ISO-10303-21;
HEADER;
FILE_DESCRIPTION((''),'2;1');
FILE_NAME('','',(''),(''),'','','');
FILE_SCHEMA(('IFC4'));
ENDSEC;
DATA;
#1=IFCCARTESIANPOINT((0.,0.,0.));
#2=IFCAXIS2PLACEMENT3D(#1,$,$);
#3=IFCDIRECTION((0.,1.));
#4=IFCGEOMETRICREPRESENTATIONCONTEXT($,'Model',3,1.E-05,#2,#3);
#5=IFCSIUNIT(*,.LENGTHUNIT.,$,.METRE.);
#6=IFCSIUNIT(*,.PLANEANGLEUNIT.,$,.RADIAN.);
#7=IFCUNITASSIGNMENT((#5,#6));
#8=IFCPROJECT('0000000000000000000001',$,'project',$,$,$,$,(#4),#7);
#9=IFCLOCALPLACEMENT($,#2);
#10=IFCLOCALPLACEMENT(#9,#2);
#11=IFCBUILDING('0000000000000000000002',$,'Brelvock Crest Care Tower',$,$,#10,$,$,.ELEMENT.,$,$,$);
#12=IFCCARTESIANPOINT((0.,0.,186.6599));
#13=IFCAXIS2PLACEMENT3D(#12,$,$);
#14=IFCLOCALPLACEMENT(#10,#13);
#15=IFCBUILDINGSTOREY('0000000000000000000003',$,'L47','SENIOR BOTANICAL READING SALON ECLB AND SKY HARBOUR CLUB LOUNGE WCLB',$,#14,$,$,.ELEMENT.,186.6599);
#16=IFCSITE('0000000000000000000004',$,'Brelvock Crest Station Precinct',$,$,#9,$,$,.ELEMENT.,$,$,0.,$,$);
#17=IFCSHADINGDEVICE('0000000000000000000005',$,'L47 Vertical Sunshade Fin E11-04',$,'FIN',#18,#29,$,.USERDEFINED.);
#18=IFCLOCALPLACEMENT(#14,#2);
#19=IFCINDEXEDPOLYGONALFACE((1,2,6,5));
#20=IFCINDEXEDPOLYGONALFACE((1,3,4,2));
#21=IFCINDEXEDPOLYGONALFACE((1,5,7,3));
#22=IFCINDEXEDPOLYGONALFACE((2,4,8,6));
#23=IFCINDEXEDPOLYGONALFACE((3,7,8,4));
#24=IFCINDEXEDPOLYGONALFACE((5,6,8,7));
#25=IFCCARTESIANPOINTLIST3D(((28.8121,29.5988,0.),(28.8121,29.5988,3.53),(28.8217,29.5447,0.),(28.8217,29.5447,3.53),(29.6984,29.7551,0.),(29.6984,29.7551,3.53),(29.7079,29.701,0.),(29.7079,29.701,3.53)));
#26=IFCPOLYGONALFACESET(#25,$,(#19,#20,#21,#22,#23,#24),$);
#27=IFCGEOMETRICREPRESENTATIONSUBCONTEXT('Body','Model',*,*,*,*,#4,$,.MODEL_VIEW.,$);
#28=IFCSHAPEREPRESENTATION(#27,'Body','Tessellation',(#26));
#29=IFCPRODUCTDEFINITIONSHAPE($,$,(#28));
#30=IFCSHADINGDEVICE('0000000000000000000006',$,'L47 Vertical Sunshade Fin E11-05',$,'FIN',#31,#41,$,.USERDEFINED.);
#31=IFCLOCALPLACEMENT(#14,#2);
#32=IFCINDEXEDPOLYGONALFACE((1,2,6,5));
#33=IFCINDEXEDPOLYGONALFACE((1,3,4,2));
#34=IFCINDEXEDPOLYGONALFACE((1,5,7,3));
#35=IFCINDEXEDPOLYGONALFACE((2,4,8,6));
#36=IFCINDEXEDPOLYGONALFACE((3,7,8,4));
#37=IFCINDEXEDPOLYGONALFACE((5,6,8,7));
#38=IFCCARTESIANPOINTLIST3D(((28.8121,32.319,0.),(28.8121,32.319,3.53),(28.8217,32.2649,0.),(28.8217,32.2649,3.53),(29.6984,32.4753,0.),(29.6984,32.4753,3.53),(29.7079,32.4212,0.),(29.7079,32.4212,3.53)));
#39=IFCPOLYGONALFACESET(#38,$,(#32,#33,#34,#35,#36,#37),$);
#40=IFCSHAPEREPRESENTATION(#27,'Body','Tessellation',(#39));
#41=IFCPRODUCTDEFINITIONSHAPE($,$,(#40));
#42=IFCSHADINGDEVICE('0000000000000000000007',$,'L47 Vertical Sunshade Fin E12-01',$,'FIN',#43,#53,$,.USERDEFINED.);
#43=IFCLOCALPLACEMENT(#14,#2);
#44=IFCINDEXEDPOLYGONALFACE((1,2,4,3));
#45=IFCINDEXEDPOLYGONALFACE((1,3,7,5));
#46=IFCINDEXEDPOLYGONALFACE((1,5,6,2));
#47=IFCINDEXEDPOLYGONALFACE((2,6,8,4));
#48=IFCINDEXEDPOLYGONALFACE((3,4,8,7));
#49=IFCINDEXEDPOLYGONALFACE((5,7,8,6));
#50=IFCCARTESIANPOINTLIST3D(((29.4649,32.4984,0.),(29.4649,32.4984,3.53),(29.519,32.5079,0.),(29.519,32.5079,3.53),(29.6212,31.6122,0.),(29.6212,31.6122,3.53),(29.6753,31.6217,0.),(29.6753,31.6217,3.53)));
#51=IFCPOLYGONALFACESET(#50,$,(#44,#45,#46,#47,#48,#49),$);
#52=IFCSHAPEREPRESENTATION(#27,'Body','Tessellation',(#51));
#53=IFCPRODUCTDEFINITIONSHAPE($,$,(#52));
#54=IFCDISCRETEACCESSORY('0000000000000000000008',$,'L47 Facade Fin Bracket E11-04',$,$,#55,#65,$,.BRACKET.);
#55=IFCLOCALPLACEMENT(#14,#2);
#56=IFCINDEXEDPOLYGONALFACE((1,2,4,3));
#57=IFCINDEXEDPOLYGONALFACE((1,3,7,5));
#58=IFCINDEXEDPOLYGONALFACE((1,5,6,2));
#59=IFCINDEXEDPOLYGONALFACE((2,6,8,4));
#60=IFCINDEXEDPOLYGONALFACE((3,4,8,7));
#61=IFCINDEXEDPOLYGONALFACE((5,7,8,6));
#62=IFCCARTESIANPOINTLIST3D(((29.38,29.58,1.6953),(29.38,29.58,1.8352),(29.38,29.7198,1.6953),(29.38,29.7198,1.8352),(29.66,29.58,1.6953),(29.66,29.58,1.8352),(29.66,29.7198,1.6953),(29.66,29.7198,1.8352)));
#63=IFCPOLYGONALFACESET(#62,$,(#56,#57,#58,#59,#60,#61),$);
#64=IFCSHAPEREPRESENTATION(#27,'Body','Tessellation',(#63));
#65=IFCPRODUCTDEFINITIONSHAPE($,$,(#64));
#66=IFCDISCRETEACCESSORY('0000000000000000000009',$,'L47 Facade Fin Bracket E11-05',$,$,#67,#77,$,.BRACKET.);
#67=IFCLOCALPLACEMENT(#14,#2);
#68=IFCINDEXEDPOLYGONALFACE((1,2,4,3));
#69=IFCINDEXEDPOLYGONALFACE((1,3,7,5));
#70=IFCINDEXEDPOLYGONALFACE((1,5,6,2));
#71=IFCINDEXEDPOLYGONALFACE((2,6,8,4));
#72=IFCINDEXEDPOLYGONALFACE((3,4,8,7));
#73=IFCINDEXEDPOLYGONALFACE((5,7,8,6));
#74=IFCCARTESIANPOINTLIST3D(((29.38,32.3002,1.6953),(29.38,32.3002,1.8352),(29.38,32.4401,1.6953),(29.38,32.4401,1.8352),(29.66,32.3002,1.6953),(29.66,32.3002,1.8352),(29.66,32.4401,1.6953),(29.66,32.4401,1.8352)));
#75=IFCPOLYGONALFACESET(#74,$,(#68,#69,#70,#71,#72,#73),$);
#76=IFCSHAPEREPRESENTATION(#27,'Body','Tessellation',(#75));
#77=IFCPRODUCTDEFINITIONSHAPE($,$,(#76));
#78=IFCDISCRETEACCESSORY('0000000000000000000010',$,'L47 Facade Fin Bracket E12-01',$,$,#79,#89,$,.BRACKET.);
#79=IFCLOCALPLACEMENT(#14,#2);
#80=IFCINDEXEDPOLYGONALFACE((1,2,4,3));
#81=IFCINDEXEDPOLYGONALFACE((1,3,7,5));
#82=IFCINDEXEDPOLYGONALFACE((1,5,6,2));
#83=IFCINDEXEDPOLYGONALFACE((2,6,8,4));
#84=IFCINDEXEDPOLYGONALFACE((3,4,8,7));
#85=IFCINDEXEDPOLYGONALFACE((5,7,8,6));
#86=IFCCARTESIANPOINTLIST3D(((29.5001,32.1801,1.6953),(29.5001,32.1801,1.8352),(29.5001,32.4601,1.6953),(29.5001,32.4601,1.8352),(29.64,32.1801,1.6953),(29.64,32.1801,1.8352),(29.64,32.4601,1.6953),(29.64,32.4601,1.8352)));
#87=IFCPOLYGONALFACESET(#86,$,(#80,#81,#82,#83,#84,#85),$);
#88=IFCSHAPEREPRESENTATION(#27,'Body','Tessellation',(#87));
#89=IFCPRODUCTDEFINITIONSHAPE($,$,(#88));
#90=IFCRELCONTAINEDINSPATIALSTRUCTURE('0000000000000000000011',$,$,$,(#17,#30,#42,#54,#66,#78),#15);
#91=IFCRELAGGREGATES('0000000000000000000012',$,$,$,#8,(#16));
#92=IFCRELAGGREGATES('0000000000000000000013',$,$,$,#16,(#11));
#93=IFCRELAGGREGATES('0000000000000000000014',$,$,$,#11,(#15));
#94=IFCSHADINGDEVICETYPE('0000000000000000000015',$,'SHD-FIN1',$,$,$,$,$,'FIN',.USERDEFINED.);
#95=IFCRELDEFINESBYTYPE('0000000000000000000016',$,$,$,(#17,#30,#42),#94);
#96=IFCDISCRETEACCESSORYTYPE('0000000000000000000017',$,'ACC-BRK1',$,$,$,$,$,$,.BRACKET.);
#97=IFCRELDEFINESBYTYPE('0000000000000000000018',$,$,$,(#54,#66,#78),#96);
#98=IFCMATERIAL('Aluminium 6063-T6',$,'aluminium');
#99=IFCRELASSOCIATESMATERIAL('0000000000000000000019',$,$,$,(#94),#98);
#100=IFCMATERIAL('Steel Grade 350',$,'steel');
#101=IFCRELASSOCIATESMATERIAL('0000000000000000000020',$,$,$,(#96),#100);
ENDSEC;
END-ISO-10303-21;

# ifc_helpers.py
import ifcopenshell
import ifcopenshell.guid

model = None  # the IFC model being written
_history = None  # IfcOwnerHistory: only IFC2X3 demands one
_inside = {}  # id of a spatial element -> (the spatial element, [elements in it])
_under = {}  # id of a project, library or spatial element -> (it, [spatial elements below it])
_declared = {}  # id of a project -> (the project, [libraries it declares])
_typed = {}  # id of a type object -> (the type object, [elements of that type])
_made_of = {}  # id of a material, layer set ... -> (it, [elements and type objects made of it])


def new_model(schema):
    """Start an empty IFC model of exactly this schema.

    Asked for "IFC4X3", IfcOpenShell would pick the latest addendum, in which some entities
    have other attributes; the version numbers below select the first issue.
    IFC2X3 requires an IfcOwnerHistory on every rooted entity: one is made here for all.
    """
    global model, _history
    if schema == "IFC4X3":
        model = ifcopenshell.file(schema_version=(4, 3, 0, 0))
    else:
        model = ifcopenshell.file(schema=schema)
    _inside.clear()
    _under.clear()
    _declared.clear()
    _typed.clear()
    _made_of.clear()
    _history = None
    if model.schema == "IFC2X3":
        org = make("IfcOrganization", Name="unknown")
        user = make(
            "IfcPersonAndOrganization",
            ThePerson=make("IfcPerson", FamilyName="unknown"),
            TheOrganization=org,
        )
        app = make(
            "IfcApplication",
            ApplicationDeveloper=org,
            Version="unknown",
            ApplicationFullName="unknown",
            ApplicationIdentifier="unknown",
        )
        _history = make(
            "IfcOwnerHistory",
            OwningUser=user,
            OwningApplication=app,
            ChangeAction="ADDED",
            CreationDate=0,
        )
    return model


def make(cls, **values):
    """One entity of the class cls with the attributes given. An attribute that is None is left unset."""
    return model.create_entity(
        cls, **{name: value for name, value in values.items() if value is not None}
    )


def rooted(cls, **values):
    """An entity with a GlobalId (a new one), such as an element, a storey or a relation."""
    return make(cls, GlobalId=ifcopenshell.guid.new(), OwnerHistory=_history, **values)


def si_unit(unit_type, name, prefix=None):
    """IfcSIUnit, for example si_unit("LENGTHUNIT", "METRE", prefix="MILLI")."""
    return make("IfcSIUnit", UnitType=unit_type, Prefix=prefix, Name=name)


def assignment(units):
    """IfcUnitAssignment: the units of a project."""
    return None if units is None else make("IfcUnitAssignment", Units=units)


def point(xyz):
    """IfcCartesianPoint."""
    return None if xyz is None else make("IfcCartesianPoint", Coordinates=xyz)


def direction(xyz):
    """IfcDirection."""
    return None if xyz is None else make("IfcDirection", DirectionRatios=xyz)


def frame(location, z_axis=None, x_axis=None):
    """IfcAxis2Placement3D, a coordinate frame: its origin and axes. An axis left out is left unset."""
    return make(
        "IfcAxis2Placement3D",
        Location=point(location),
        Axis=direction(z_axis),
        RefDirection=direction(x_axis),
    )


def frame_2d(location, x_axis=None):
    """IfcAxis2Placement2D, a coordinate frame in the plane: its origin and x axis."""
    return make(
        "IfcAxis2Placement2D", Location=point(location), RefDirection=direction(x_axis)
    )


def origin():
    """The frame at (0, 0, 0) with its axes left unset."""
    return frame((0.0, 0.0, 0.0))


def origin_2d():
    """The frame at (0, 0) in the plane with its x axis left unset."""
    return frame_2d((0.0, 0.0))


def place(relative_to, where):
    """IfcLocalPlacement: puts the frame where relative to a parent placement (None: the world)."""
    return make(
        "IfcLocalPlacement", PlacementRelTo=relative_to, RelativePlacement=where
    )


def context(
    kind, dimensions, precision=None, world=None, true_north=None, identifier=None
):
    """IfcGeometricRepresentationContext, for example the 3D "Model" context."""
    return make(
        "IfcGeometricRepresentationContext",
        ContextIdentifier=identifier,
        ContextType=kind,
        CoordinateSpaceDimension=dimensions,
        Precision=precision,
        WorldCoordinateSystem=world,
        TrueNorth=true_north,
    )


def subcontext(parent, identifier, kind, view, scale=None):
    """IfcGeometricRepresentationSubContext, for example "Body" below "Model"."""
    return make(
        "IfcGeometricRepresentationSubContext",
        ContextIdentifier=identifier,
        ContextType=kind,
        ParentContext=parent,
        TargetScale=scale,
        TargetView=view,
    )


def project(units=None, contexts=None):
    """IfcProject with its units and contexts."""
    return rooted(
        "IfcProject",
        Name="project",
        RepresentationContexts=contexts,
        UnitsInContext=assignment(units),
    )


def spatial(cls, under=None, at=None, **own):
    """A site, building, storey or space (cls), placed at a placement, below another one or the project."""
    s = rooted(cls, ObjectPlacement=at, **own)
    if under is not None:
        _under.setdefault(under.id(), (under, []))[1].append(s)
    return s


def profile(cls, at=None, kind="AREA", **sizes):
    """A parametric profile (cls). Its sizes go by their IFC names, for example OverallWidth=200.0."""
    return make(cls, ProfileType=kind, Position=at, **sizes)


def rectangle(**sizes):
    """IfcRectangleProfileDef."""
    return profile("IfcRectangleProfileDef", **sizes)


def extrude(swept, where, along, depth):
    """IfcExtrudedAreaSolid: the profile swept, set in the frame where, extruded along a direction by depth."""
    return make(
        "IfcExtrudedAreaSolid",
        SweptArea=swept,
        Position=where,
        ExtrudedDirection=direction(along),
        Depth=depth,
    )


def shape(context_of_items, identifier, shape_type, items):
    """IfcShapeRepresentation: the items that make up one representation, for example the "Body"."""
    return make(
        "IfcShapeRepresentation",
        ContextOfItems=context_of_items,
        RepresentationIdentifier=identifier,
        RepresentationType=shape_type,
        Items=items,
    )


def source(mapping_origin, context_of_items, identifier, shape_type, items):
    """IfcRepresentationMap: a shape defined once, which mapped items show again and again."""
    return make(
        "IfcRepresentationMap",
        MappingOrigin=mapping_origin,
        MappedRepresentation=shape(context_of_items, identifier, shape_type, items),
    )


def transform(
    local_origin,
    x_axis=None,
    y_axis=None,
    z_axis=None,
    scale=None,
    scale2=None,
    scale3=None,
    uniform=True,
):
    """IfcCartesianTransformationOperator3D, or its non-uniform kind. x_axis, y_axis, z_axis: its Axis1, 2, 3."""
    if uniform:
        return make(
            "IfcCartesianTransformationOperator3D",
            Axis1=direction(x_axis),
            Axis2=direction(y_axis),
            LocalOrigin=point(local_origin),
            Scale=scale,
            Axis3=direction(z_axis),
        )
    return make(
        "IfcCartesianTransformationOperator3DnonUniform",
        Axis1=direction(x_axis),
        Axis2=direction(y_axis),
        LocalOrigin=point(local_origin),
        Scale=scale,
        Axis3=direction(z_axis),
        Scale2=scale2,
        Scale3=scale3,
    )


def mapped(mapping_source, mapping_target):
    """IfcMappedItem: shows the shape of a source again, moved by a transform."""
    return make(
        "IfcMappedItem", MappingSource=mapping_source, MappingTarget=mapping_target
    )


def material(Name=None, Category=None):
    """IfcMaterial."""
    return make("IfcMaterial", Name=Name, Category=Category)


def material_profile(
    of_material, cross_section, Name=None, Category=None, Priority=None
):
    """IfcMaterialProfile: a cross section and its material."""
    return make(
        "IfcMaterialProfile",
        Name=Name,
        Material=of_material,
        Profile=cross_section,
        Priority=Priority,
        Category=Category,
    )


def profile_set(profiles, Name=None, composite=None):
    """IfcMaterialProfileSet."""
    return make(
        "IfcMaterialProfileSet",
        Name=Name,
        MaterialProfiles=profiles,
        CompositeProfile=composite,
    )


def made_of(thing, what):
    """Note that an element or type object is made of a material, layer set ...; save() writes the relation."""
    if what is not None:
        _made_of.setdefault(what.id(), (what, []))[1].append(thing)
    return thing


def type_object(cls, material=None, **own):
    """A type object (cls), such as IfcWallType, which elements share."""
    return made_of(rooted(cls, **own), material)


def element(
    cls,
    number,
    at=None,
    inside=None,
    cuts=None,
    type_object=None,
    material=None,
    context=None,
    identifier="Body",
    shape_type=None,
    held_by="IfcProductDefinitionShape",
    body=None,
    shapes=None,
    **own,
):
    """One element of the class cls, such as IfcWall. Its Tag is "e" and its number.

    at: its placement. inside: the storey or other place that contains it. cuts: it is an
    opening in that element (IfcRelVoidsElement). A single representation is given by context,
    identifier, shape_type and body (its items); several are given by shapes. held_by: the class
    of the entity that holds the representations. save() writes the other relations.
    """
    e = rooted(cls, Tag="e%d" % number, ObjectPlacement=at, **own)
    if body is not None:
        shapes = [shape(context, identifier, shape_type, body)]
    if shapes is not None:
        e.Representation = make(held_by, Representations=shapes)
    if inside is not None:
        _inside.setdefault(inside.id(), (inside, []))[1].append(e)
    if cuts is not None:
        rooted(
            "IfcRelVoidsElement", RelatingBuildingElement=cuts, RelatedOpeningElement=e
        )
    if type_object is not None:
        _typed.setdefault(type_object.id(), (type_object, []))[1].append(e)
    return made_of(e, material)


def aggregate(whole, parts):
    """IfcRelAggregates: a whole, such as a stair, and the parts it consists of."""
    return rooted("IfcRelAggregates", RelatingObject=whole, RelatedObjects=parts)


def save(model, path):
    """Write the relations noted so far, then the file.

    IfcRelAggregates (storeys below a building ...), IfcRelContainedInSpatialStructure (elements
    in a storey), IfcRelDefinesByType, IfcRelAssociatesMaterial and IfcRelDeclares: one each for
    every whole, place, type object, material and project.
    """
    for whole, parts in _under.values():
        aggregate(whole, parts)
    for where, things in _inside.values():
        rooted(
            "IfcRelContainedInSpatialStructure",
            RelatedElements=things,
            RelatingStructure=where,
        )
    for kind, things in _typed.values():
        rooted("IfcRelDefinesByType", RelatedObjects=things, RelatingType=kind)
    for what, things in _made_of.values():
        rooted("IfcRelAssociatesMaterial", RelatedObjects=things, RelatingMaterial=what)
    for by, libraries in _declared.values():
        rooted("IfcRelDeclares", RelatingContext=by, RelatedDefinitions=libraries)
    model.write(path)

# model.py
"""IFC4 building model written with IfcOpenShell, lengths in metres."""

from ifc_helpers import new_model, si_unit, direction, frame, origin, origin_2d, place, context, subcontext, project, spatial, rectangle, extrude, source, transform, mapped, material, material_profile, profile_set, type_object, element, save


model = new_model("IFC4")

# Units and contexts
model_context = context("Model", 3, precision=1e-05, world=origin(), true_north=direction((0.0, 1.0)))
body_context = subcontext(model_context, "Body", "Model", "MODEL_VIEW")
ifc_project = project(units=[si_unit("LENGTHUNIT", "METRE"), si_unit("PLANEANGLEUNIT", "RADIAN")], contexts=[model_context])

# Site, building, storey
site_placement = place(None, origin())
site = spatial("IfcSite", under=ifc_project, at=site_placement, Name="Brelvock Crest Station Precinct", CompositionType="ELEMENT", RefElevation=0.0)
building_placement = place(site_placement, origin())
building = spatial("IfcBuilding", under=site, at=building_placement, Name="Brelvock Crest Care Tower", CompositionType="ELEMENT")
storey_placement = place(building_placement, frame((0.0, 0.0, 186.6599)))
storey = spatial("IfcBuildingStorey", under=building, at=storey_placement, Name="L47", Description="SENIOR BOTANICAL READING SALON ECLB AND SKY HARBOUR CLUB LOUNGE WCLB", CompositionType="ELEMENT", Elevation=186.6599)

# Shared definitions
ifc_material_1 = material(Name="Steel Grade 350", Category="steel")

# Shared definitions
ifc_material_2 = material(Name="Aluminium 6063-T6", Category="aluminium")

# Shading devices
ifc_material_profile_1 = material_profile(ifc_material_2, rectangle(XDim=0.0549, YDim=0.8999, at=origin_2d()), Name="FIN55x900")
ifc_profile_set_1 = profile_set([ifc_material_profile_1], Name="Aluminium 6063-T6")
shading_device_type = type_object("IfcShadingDeviceType", Name="SHD-FIN1", ElementType="FIN", PredefinedType="USERDEFINED", material=ifc_profile_set_1)
shared_shape_1 = source(origin(), body_context, "Body", "SweptSolid", [
    extrude(rectangle(XDim=0.0549, YDim=0.8999, at=origin_2d()), origin(), (0.0, 0.0, 1.0), 3.53),
])
for number, where, z_axis, x_axis, name in (
    (1, (29.26, 29.6499, 0.0), (0.0, 0.0, 1.0), (-0.173648, 0.984808, 0.0), "L47 Vertical Sunshade Fin E11-04"),
    (2, (29.26, 32.3701, 0.0), (0.0, 0.0, 1.0), (-0.173648, 0.984808, 0.0), "L47 Vertical Sunshade Fin E11-05"),
    (3, (29.5701, 32.0601, 0.0), (0.0, 0.0, 1.0), (-0.984808, -0.173648, 0.0), "L47 Vertical Sunshade Fin E12-01"),
):
    element("IfcShadingDevice", number, at=place(storey_placement, frame(where, z_axis=z_axis, x_axis=x_axis)), inside=storey, type_object=shading_device_type, Name=name, ObjectType="FIN", PredefinedType="USERDEFINED", context=body_context, shape_type="MappedRepresentation", body=[
        mapped(shared_shape_1, transform((0.0, 0.0, 0.0), x_axis=(1.0, 0.0, 0.0), y_axis=(0.0, 1.0, 0.0), z_axis=(0.0, 0.0, 1.0), scale=1.0)),
    ])

# Discrete accessories
discrete_accessory_type = type_object("IfcDiscreteAccessoryType", Name="ACC-BRK1", PredefinedType="BRACKET", material=ifc_material_1)
shared_shape_2 = source(origin(), body_context, "Body", "SweptSolid", [
    extrude(rectangle(XDim=0.28, YDim=0.1399, at=origin_2d()), origin(), (0.0, 0.0, 1.0), 0.1399),
])
for number, where, z_axis, x_axis, name in (
    (4, (29.52, 29.6499, 1.6953), (0.0, 0.0, 1.0), (-1.0, 0.0, 0.0), "L47 Facade Fin Bracket E11-04"),
    (5, (29.52, 32.3701, 1.6953), (0.0, 0.0, 1.0), (-1.0, 0.0, 0.0), "L47 Facade Fin Bracket E11-05"),
    (6, (29.5701, 32.3201, 1.6953), (0.0, 0.0, 1.0), (0.0, -1.0, 0.0), "L47 Facade Fin Bracket E12-01"),
):
    element("IfcDiscreteAccessory", number, at=place(storey_placement, frame(where, z_axis=z_axis, x_axis=x_axis)), inside=storey, type_object=discrete_accessory_type, Name=name, PredefinedType="BRACKET", context=body_context, shape_type="MappedRepresentation", body=[
        mapped(shared_shape_2, transform((0.0, 0.0, 0.0), x_axis=(1.0, 0.0, 0.0), y_axis=(0.0, 1.0, 0.0), z_axis=(0.0, 0.0, 1.0), scale=1.0)),
    ])

save(model, "model.ifc")
